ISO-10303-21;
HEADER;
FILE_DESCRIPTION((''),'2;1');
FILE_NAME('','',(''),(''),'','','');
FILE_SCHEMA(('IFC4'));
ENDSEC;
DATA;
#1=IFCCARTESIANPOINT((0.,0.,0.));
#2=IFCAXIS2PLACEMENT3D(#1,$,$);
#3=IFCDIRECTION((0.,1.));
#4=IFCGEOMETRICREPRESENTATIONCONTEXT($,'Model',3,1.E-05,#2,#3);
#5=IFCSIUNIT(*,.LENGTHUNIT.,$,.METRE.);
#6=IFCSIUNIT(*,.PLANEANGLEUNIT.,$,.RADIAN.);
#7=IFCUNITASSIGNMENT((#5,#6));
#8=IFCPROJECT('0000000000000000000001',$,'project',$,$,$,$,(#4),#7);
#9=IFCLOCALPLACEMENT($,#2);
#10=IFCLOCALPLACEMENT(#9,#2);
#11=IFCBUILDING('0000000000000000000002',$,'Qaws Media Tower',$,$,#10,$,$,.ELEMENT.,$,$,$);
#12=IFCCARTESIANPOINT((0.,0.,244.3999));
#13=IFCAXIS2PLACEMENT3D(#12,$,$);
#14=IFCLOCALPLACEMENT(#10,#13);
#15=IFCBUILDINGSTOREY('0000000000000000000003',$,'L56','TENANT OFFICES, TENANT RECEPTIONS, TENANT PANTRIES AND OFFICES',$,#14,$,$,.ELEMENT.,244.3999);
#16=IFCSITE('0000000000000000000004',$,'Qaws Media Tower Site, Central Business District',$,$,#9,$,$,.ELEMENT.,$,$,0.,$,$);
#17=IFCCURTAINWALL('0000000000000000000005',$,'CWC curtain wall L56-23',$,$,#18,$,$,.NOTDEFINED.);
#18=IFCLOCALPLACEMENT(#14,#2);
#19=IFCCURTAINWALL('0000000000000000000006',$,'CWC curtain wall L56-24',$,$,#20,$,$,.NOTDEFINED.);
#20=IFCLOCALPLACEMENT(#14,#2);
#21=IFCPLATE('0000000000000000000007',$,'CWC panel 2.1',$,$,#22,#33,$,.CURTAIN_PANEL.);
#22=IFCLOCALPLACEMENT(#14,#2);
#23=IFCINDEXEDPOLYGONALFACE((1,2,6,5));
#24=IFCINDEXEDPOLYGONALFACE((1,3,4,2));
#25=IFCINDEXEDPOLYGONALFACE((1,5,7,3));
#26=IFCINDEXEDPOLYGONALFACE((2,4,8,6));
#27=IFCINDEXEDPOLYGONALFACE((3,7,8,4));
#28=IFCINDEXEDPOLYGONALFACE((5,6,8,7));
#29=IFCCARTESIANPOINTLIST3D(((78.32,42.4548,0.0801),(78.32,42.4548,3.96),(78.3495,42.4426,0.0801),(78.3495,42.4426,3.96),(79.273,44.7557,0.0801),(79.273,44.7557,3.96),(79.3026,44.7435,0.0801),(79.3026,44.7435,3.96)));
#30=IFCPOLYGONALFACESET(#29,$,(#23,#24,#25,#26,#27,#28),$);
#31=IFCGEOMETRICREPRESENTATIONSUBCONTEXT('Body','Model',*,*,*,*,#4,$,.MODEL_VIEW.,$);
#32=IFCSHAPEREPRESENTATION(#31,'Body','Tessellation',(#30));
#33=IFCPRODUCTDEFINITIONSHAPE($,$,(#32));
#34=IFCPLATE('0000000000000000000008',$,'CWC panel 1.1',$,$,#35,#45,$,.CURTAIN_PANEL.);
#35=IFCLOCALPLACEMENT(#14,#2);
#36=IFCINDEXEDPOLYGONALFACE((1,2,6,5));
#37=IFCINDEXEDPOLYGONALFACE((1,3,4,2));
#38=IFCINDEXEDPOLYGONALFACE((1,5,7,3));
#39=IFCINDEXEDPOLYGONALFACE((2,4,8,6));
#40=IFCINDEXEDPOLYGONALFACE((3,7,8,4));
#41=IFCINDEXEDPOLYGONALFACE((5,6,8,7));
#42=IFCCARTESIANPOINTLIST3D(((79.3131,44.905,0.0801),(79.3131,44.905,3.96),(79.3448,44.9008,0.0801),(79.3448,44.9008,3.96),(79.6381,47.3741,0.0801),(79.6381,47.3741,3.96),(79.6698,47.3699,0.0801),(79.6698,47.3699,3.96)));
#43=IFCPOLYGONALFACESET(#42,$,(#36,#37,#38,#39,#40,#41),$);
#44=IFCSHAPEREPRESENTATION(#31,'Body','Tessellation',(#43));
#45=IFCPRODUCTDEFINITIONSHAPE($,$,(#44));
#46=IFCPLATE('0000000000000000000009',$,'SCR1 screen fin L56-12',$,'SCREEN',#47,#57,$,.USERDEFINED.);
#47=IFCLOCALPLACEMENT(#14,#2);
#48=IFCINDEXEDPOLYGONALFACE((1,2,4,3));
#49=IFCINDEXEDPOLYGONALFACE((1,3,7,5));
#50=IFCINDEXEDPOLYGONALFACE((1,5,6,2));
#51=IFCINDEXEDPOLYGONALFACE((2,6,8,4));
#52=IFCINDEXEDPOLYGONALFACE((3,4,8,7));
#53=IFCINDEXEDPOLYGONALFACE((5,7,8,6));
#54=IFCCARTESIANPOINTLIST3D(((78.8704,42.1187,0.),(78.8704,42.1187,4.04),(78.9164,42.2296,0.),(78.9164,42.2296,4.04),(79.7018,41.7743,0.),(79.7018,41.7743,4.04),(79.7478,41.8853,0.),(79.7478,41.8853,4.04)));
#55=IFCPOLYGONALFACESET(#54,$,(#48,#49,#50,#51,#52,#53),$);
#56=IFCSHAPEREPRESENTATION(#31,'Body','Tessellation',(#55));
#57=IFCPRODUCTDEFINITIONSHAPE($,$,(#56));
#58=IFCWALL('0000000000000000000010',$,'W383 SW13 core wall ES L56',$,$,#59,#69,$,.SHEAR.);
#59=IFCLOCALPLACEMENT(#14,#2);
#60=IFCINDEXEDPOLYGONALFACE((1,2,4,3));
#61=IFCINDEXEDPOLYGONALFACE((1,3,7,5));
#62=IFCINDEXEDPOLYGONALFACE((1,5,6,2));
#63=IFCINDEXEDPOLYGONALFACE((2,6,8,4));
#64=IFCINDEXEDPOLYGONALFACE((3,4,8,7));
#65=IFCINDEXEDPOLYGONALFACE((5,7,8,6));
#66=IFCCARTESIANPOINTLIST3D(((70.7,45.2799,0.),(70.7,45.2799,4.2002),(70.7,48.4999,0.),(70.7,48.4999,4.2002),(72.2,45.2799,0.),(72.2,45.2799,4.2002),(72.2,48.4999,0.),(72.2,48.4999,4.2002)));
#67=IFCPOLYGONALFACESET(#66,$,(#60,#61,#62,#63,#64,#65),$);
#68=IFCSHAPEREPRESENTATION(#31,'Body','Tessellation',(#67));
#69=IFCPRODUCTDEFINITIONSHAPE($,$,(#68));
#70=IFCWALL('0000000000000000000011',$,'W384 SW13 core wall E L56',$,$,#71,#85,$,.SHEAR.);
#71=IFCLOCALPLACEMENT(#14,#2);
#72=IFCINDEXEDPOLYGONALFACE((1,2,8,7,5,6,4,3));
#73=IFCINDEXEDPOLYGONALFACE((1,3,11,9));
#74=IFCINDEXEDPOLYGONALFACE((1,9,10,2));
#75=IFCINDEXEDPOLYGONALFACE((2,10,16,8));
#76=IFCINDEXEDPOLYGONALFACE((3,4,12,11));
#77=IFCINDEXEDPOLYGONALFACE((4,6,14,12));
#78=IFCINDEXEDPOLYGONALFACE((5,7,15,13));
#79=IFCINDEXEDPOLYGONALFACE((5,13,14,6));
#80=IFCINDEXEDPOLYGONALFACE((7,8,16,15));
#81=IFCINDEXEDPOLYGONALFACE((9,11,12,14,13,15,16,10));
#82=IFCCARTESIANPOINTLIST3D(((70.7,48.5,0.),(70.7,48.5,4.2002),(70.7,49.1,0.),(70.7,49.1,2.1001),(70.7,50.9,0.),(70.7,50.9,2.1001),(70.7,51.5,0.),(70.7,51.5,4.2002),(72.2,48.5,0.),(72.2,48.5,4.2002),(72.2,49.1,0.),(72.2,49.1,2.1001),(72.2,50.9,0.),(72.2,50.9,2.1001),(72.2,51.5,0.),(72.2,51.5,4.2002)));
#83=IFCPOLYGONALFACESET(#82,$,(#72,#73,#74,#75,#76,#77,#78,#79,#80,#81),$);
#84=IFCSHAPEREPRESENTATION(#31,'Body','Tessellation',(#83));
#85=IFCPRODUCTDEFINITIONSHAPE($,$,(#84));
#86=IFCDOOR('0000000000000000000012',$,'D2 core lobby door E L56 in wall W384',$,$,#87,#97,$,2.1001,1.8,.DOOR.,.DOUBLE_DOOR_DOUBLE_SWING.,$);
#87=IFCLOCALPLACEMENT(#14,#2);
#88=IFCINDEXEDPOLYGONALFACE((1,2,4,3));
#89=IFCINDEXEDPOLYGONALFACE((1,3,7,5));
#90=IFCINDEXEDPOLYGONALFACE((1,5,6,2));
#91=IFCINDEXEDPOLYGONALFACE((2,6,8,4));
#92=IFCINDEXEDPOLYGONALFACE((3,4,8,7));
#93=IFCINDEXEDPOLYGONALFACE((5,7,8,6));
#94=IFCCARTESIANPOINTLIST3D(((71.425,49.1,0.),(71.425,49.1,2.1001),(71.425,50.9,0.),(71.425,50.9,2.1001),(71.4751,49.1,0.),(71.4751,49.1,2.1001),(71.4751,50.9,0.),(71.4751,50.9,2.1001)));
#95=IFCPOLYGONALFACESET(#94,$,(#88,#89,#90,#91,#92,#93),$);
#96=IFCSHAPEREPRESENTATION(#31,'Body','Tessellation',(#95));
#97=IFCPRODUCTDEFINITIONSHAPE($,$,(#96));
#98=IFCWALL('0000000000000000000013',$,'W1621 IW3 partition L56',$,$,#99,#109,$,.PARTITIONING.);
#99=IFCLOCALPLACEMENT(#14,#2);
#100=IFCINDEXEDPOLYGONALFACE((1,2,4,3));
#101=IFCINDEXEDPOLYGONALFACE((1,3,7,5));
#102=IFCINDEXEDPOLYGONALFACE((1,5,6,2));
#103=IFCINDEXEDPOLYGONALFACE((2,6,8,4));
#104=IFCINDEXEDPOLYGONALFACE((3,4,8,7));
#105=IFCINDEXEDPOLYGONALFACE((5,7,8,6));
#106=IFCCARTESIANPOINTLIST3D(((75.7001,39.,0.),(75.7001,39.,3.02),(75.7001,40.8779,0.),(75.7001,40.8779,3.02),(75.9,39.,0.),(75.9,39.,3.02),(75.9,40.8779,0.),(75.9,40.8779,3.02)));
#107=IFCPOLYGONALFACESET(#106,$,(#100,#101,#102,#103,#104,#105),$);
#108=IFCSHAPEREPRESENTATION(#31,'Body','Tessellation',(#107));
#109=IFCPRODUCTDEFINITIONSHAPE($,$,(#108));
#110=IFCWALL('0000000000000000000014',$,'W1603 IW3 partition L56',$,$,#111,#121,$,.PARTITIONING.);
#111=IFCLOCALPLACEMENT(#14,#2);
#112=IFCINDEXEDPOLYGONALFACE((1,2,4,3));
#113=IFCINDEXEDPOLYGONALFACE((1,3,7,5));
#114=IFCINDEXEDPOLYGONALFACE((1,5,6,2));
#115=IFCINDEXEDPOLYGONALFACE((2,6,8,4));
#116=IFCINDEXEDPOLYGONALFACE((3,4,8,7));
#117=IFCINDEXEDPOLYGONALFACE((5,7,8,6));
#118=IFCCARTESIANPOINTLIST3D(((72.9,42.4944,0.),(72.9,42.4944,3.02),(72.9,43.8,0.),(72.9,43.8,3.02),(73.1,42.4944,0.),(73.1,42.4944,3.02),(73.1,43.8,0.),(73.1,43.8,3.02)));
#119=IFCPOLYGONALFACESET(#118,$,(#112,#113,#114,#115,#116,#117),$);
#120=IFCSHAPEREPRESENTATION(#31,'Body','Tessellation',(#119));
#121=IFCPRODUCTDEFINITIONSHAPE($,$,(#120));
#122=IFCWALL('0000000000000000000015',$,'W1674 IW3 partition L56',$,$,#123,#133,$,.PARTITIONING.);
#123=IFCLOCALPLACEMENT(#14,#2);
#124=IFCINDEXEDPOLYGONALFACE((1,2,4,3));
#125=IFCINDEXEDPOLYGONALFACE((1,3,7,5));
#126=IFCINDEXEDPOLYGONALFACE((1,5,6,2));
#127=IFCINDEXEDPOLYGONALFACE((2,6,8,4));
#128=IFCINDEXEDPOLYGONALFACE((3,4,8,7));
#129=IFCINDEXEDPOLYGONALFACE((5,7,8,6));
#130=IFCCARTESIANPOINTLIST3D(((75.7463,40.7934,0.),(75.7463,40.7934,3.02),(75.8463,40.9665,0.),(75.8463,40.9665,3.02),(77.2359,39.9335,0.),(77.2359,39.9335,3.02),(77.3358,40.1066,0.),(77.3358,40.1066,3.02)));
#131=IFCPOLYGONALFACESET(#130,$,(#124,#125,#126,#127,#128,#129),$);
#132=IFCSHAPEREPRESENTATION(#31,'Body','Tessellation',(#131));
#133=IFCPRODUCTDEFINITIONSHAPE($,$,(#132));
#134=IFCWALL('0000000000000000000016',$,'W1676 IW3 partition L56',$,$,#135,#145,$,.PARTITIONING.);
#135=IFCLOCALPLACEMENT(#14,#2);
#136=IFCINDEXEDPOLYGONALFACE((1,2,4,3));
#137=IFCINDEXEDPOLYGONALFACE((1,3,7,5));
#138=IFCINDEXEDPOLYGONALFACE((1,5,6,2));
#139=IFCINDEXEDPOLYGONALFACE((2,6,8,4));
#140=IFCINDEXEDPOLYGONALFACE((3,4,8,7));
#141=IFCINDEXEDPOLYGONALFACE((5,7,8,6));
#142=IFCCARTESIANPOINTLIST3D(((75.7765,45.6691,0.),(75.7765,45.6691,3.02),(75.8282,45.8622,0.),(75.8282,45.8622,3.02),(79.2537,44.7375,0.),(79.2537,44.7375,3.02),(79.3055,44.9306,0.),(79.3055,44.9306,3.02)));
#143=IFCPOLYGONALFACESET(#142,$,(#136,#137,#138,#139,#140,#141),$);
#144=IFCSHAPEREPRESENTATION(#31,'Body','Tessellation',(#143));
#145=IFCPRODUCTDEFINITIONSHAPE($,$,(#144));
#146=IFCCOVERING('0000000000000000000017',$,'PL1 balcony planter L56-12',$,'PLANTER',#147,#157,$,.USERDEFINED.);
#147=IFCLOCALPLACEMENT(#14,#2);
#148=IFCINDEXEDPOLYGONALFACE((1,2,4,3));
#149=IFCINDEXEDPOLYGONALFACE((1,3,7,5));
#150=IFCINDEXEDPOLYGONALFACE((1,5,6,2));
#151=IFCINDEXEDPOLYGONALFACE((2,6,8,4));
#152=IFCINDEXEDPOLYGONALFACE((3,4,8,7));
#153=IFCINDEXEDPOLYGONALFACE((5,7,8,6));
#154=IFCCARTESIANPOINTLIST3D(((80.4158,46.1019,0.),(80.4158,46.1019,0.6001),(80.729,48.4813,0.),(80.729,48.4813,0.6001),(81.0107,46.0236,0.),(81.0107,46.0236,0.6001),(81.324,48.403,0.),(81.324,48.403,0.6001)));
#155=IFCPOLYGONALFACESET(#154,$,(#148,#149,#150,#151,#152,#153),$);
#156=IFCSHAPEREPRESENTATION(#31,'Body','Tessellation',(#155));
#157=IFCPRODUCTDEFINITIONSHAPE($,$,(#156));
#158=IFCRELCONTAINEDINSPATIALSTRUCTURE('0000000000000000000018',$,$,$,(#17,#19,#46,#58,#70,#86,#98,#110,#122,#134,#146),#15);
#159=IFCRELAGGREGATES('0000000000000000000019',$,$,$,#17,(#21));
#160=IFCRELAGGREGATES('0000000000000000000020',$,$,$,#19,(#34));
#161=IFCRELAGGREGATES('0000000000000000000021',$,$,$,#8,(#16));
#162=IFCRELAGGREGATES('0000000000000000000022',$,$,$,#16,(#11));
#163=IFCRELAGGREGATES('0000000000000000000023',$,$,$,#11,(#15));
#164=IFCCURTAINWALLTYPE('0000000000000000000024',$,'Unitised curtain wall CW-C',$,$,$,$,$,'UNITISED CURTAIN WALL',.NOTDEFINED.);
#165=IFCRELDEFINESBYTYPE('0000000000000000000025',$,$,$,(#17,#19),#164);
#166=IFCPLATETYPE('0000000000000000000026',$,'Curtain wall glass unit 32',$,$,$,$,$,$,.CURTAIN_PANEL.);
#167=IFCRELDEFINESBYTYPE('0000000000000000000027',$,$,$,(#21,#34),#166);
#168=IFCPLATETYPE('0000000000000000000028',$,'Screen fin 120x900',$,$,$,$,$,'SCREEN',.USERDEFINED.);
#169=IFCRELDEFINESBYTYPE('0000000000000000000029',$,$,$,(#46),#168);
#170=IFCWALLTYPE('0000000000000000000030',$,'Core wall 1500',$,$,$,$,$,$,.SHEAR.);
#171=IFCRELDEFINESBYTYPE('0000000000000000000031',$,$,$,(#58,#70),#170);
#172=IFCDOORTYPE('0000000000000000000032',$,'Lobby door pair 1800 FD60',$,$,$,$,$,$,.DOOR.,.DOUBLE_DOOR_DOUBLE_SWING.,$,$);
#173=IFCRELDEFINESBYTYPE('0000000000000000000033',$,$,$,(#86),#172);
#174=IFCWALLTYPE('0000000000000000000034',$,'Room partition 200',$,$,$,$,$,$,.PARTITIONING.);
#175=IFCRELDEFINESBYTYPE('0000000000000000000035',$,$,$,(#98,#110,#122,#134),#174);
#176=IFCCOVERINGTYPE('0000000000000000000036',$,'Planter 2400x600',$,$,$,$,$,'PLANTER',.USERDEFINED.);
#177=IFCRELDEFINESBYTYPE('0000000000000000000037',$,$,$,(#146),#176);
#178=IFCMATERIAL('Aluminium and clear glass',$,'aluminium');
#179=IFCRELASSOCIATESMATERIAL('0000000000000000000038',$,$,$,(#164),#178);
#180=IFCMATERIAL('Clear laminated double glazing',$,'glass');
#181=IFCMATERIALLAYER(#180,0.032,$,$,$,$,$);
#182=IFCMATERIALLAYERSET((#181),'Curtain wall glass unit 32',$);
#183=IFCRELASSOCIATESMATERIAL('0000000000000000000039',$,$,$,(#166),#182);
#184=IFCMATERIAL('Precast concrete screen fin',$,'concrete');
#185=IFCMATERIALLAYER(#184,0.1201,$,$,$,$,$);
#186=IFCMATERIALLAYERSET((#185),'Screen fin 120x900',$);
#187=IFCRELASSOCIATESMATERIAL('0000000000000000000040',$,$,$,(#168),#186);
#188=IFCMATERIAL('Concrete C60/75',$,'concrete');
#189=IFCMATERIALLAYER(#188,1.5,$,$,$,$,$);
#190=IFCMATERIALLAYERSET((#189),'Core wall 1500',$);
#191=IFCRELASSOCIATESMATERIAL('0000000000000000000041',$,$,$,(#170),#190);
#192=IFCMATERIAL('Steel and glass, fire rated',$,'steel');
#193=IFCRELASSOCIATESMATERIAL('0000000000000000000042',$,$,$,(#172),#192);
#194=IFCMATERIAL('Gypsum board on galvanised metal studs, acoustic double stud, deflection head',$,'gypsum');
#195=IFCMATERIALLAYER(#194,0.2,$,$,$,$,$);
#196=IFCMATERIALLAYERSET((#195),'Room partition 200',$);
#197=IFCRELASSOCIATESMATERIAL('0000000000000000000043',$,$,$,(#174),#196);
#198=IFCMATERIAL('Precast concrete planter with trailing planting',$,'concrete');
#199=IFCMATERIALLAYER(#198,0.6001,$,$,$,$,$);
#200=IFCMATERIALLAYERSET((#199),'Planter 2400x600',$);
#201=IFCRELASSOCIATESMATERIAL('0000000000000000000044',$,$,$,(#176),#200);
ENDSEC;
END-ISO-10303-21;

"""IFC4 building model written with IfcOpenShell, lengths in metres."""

from ifc_helpers import new_model, si_unit, direction, frame, frame_2d, origin, origin_2d, place, context, subcontext, project, spatial, rectangle, extrude, material, layer, layer_set, type_object, element, fill, aggregate, save


model = new_model("IFC4")

# Units and contexts
model_context = context("Model", 3, precision=1e-05, world=origin(), true_north=direction((0.0, 1.0)))
body_context = subcontext(model_context, "Body", "Model", "MODEL_VIEW")
ifc_project = project(units=[si_unit("LENGTHUNIT", "METRE"), si_unit("PLANEANGLEUNIT", "RADIAN")], contexts=[model_context])

# Site, building, storey
site_placement = place(None, origin())
site = spatial("IfcSite", under=ifc_project, at=site_placement, Name="Qaws Media Tower Site, Central Business District", CompositionType="ELEMENT", RefElevation=0.0)
building_placement = place(site_placement, origin())
building = spatial("IfcBuilding", under=site, at=building_placement, Name="Qaws Media Tower", CompositionType="ELEMENT")
storey_placement = place(building_placement, frame((0.0, 0.0, 244.3999)))
storey = spatial("IfcBuildingStorey", under=building, at=storey_placement, Name="L56", Description="TENANT OFFICES, TENANT RECEPTIONS, TENANT PANTRIES AND OFFICES", CompositionType="ELEMENT", Elevation=244.3999)

# Curtain walls
ifc_material_1 = material(Name="Aluminium and clear glass", Category="aluminium")
curtain_wall_type = type_object("IfcCurtainWallType", Name="Unitised curtain wall CW-C", ElementType="UNITISED CURTAIN WALL", PredefinedType="NOTDEFINED", material=ifc_material_1)
curtain_wall_1_placement = place(storey_placement, origin())
curtain_wall_1 = element("IfcCurtainWall", 1, at=curtain_wall_1_placement, inside=storey, type_object=curtain_wall_type, Name="CWC curtain wall L56-23", PredefinedType="NOTDEFINED")
curtain_wall_2_placement = place(storey_placement, origin())
curtain_wall_2 = element("IfcCurtainWall", 2, at=curtain_wall_2_placement, inside=storey, type_object=curtain_wall_type, Name="CWC curtain wall L56-24", PredefinedType="NOTDEFINED")

# Plates
ifc_material_2 = material(Name="Clear laminated double glazing", Category="glass")
ifc_layer_1 = layer(ifc_material_2, 0.032)
ifc_layer_set_1 = layer_set([ifc_layer_1], Name="Curtain wall glass unit 32")
plate_type_1 = type_object("IfcPlateType", Name="Curtain wall glass unit 32", PredefinedType="CURTAIN_PANEL", material=ifc_layer_set_1)
plate_1_placement = place(storey_placement, frame((78.8113, 43.5991, 0.0801), z_axis=(0.0, 0.0, 1.0), x_axis=(0.382684, 0.923879, 0.0)))
plate_1 = element("IfcPlate", 3, at=plate_1_placement, type_object=plate_type_1, Name="CWC panel 2.1", PredefinedType="CURTAIN_PANEL", context=body_context, shape_type="SweptSolid", body=[
    extrude(rectangle(XDim=2.4905, YDim=0.032, at=origin_2d()), origin(), (0.0, 0.0, 1.0), 3.8799),
])
aggregate(curtain_wall_1, [plate_1])
plate_2_placement = place(storey_placement, frame((79.4915, 46.1375, 0.0801), z_axis=(0.0, 0.0, 1.0), x_axis=(0.130526, 0.991445, 0.0)))
plate_2 = element("IfcPlate", 4, at=plate_2_placement, type_object=plate_type_1, Name="CWC panel 1.1", PredefinedType="CURTAIN_PANEL", context=body_context, shape_type="SweptSolid", body=[
    extrude(rectangle(XDim=2.4905, YDim=0.032, at=origin_2d()), origin(), (0.0, 0.0, 1.0), 3.8799),
])
aggregate(curtain_wall_2, [plate_2])
ifc_material_3 = material(Name="Precast concrete screen fin", Category="concrete")
ifc_layer_2 = layer(ifc_material_3, 0.1201)
ifc_layer_set_2 = layer_set([ifc_layer_2], Name="Screen fin 120x900")
plate_type_2 = type_object("IfcPlateType", Name="Screen fin 120x900", ElementType="SCREEN", PredefinedType="USERDEFINED", material=ifc_layer_set_2)
plate_3_placement = place(storey_placement, frame((79.3091, 42.002, 0.0), z_axis=(0.0, 0.0, 1.0), x_axis=(0.92388, -0.382683, 0.0)))
element("IfcPlate", 5, at=plate_3_placement, inside=storey, type_object=plate_type_2, Name="SCR1 screen fin L56-12", ObjectType="SCREEN", PredefinedType="USERDEFINED", context=body_context, shape_type="SweptSolid", body=[
    extrude(rectangle(XDim=0.8999, YDim=0.1201, at=origin_2d()), origin(), (0.0, 0.0, 1.0), 4.04),
])

# Wall
ifc_material_4 = material(Name="Concrete C60/75", Category="concrete")
ifc_layer_3 = layer(ifc_material_4, 1.5)
ifc_layer_set_3 = layer_set([ifc_layer_3], Name="Core wall 1500")
wall_type_1 = type_object("IfcWallType", Name="Core wall 1500", PredefinedType="SHEAR", material=ifc_layer_set_3)
wall_1_placement = place(storey_placement, frame((71.45, 45.28, 0.0), z_axis=(0.0, 0.0, 1.0), x_axis=(0.0, 1.0, 0.0)))
element("IfcWall", 6, at=wall_1_placement, inside=storey, type_object=wall_type_1, Name="W383 SW13 core wall ES L56", PredefinedType="SHEAR", context=body_context, shape_type="SweptSolid", body=[
    extrude(rectangle(XDim=3.22, YDim=1.5, at=frame_2d((1.6099, 0.0))), origin(), (0.0, 0.0, 1.0), 4.2002),
])

# Wall, opening, door
wall_2_placement = place(storey_placement, frame((71.45, 48.5, 0.0), z_axis=(0.0, 0.0, 1.0), x_axis=(0.0, 1.0, 0.0)))
wall_2 = element("IfcWall", 7, at=wall_2_placement, inside=storey, type_object=wall_type_1, Name="W384 SW13 core wall E L56", PredefinedType="SHEAR", context=body_context, shape_type="SweptSolid", body=[
    extrude(rectangle(XDim=3.0, YDim=1.5, at=frame_2d((1.5, 0.0))), origin(), (0.0, 0.0, 1.0), 4.2002),
])
opening_1_placement = place(wall_2_placement, frame((0.6001, 0.0, 0.0)))
opening_1 = element("IfcOpeningElement", 8, at=opening_1_placement, cuts=wall_2, PredefinedType="OPENING", context=body_context, shape_type="SweptSolid", body=[
    extrude(rectangle(XDim=1.8, YDim=2.1001, at=frame_2d((0.8999, 1.05))), frame((0.0, 0.76, 0.0), z_axis=(0.0, -1.0, 0.0), x_axis=(1.0, 0.0, 0.0)), (0.0, 0.0, 1.0), 1.52),
])
ifc_material_5 = material(Name="Steel and glass, fire rated", Category="steel")
door_type_1 = type_object("IfcDoorType", Name="Lobby door pair 1800 FD60", OperationType="DOUBLE_DOOR_DOUBLE_SWING", PredefinedType="DOOR", material=ifc_material_5)
door_1_placement = place(opening_1_placement, origin())
door_1 = element("IfcDoor", 9, at=door_1_placement, inside=storey, type_object=door_type_1, Name="D2 core lobby door E L56 in wall W384", OperationType="DOUBLE_DOOR_DOUBLE_SWING", OverallHeight=2.1001, OverallWidth=1.8, PredefinedType="DOOR", context=body_context, shape_type="SweptSolid", body=[
    extrude(rectangle(XDim=1.8, YDim=2.1001, at=frame_2d((0.8999, 1.05))), frame((0.0, 0.0249, 0.0), z_axis=(0.0, -1.0, 0.0), x_axis=(1.0, 0.0, 0.0)), (0.0, 0.0, 1.0), 0.05),
])
fill(opening_1, door_1)
ifc_material_6 = material(Name="Gypsum board on galvanised metal studs, acoustic double stud, deflection head", Category="gypsum")
ifc_layer_4 = layer(ifc_material_6, 0.2)
ifc_layer_set_4 = layer_set([ifc_layer_4], Name="Room partition 200")
wall_type_2 = type_object("IfcWallType", Name="Room partition 200", PredefinedType="PARTITIONING", material=ifc_layer_set_4)

# Walls
wall_3_placement = place(storey_placement, frame((75.8, 40.8779, 0.0), z_axis=(0.0, 0.0, 1.0), x_axis=(0.0, -1.0, 0.0)))
element("IfcWall", 10, at=wall_3_placement, inside=storey, type_object=wall_type_2, Name="W1621 IW3 partition L56", PredefinedType="PARTITIONING", context=body_context, shape_type="SweptSolid", body=[
    extrude(rectangle(XDim=1.8779, YDim=0.2, at=frame_2d((0.939, 0.0))), origin(), (0.0, 0.0, 1.0), 3.02),
])
wall_4_placement = place(storey_placement, frame((73.0, 42.4944, 0.0), z_axis=(0.0, 0.0, 1.0), x_axis=(0.0, 1.0, 0.0)))
element("IfcWall", 11, at=wall_4_placement, inside=storey, type_object=wall_type_2, Name="W1603 IW3 partition L56", PredefinedType="PARTITIONING", context=body_context, shape_type="SweptSolid", body=[
    extrude(rectangle(XDim=1.3057, YDim=0.2, at=frame_2d((0.6528, 0.0))), origin(), (0.0, 0.0, 1.0), 3.02),
])
wall_5_placement = place(storey_placement, frame((75.7964, 40.8799, 0.0), z_axis=(0.0, 0.0, 1.0), x_axis=(0.866051, -0.499956, 0.0)))
element("IfcWall", 12, at=wall_5_placement, inside=storey, type_object=wall_type_2, Name="W1674 IW3 partition L56", PredefinedType="PARTITIONING", context=body_context, shape_type="SweptSolid", body=[
    extrude(rectangle(XDim=1.72, YDim=0.2, at=frame_2d((0.8599, 0.0))), origin(), (0.0, 0.0, 1.0), 3.02),
])
wall_6_placement = place(storey_placement, frame((75.8025, 45.7656, 0.0), z_axis=(0.0, 0.0, 1.0), x_axis=(0.965933, -0.258794, 0.0)))
element("IfcWall", 13, at=wall_6_placement, inside=storey, type_object=wall_type_2, Name="W1676 IW3 partition L56", PredefinedType="PARTITIONING", context=body_context, shape_type="SweptSolid", body=[
    extrude(rectangle(XDim=3.5999, YDim=0.2, at=frame_2d((1.7998, 0.0))), origin(), (0.0, 0.0, 1.0), 3.02),
])

# Covering
ifc_material_7 = material(Name="Precast concrete planter with trailing planting", Category="concrete")
ifc_layer_5 = layer(ifc_material_7, 0.6001)
ifc_layer_set_5 = layer_set([ifc_layer_5], Name="Planter 2400x600")
covering_type = type_object("IfcCoveringType", Name="Planter 2400x600", ElementType="PLANTER", PredefinedType="USERDEFINED", material=ifc_layer_set_5)
covering_placement = place(storey_placement, frame((80.8699, 47.2524, 0.0), z_axis=(0.0, 0.0, 1.0), x_axis=(0.130526, 0.991445, 0.0)))
element("IfcCovering", 14, at=covering_placement, inside=storey, type_object=covering_type, Name="PL1 balcony planter L56-12", ObjectType="PLANTER", PredefinedType="USERDEFINED", context=body_context, shape_type="SweptSolid", body=[
    extrude(rectangle(XDim=2.3999, YDim=0.6001, at=origin_2d()), origin(), (0.0, 0.0, 1.0), 0.6001),
])

save(model, "model.ifc")
